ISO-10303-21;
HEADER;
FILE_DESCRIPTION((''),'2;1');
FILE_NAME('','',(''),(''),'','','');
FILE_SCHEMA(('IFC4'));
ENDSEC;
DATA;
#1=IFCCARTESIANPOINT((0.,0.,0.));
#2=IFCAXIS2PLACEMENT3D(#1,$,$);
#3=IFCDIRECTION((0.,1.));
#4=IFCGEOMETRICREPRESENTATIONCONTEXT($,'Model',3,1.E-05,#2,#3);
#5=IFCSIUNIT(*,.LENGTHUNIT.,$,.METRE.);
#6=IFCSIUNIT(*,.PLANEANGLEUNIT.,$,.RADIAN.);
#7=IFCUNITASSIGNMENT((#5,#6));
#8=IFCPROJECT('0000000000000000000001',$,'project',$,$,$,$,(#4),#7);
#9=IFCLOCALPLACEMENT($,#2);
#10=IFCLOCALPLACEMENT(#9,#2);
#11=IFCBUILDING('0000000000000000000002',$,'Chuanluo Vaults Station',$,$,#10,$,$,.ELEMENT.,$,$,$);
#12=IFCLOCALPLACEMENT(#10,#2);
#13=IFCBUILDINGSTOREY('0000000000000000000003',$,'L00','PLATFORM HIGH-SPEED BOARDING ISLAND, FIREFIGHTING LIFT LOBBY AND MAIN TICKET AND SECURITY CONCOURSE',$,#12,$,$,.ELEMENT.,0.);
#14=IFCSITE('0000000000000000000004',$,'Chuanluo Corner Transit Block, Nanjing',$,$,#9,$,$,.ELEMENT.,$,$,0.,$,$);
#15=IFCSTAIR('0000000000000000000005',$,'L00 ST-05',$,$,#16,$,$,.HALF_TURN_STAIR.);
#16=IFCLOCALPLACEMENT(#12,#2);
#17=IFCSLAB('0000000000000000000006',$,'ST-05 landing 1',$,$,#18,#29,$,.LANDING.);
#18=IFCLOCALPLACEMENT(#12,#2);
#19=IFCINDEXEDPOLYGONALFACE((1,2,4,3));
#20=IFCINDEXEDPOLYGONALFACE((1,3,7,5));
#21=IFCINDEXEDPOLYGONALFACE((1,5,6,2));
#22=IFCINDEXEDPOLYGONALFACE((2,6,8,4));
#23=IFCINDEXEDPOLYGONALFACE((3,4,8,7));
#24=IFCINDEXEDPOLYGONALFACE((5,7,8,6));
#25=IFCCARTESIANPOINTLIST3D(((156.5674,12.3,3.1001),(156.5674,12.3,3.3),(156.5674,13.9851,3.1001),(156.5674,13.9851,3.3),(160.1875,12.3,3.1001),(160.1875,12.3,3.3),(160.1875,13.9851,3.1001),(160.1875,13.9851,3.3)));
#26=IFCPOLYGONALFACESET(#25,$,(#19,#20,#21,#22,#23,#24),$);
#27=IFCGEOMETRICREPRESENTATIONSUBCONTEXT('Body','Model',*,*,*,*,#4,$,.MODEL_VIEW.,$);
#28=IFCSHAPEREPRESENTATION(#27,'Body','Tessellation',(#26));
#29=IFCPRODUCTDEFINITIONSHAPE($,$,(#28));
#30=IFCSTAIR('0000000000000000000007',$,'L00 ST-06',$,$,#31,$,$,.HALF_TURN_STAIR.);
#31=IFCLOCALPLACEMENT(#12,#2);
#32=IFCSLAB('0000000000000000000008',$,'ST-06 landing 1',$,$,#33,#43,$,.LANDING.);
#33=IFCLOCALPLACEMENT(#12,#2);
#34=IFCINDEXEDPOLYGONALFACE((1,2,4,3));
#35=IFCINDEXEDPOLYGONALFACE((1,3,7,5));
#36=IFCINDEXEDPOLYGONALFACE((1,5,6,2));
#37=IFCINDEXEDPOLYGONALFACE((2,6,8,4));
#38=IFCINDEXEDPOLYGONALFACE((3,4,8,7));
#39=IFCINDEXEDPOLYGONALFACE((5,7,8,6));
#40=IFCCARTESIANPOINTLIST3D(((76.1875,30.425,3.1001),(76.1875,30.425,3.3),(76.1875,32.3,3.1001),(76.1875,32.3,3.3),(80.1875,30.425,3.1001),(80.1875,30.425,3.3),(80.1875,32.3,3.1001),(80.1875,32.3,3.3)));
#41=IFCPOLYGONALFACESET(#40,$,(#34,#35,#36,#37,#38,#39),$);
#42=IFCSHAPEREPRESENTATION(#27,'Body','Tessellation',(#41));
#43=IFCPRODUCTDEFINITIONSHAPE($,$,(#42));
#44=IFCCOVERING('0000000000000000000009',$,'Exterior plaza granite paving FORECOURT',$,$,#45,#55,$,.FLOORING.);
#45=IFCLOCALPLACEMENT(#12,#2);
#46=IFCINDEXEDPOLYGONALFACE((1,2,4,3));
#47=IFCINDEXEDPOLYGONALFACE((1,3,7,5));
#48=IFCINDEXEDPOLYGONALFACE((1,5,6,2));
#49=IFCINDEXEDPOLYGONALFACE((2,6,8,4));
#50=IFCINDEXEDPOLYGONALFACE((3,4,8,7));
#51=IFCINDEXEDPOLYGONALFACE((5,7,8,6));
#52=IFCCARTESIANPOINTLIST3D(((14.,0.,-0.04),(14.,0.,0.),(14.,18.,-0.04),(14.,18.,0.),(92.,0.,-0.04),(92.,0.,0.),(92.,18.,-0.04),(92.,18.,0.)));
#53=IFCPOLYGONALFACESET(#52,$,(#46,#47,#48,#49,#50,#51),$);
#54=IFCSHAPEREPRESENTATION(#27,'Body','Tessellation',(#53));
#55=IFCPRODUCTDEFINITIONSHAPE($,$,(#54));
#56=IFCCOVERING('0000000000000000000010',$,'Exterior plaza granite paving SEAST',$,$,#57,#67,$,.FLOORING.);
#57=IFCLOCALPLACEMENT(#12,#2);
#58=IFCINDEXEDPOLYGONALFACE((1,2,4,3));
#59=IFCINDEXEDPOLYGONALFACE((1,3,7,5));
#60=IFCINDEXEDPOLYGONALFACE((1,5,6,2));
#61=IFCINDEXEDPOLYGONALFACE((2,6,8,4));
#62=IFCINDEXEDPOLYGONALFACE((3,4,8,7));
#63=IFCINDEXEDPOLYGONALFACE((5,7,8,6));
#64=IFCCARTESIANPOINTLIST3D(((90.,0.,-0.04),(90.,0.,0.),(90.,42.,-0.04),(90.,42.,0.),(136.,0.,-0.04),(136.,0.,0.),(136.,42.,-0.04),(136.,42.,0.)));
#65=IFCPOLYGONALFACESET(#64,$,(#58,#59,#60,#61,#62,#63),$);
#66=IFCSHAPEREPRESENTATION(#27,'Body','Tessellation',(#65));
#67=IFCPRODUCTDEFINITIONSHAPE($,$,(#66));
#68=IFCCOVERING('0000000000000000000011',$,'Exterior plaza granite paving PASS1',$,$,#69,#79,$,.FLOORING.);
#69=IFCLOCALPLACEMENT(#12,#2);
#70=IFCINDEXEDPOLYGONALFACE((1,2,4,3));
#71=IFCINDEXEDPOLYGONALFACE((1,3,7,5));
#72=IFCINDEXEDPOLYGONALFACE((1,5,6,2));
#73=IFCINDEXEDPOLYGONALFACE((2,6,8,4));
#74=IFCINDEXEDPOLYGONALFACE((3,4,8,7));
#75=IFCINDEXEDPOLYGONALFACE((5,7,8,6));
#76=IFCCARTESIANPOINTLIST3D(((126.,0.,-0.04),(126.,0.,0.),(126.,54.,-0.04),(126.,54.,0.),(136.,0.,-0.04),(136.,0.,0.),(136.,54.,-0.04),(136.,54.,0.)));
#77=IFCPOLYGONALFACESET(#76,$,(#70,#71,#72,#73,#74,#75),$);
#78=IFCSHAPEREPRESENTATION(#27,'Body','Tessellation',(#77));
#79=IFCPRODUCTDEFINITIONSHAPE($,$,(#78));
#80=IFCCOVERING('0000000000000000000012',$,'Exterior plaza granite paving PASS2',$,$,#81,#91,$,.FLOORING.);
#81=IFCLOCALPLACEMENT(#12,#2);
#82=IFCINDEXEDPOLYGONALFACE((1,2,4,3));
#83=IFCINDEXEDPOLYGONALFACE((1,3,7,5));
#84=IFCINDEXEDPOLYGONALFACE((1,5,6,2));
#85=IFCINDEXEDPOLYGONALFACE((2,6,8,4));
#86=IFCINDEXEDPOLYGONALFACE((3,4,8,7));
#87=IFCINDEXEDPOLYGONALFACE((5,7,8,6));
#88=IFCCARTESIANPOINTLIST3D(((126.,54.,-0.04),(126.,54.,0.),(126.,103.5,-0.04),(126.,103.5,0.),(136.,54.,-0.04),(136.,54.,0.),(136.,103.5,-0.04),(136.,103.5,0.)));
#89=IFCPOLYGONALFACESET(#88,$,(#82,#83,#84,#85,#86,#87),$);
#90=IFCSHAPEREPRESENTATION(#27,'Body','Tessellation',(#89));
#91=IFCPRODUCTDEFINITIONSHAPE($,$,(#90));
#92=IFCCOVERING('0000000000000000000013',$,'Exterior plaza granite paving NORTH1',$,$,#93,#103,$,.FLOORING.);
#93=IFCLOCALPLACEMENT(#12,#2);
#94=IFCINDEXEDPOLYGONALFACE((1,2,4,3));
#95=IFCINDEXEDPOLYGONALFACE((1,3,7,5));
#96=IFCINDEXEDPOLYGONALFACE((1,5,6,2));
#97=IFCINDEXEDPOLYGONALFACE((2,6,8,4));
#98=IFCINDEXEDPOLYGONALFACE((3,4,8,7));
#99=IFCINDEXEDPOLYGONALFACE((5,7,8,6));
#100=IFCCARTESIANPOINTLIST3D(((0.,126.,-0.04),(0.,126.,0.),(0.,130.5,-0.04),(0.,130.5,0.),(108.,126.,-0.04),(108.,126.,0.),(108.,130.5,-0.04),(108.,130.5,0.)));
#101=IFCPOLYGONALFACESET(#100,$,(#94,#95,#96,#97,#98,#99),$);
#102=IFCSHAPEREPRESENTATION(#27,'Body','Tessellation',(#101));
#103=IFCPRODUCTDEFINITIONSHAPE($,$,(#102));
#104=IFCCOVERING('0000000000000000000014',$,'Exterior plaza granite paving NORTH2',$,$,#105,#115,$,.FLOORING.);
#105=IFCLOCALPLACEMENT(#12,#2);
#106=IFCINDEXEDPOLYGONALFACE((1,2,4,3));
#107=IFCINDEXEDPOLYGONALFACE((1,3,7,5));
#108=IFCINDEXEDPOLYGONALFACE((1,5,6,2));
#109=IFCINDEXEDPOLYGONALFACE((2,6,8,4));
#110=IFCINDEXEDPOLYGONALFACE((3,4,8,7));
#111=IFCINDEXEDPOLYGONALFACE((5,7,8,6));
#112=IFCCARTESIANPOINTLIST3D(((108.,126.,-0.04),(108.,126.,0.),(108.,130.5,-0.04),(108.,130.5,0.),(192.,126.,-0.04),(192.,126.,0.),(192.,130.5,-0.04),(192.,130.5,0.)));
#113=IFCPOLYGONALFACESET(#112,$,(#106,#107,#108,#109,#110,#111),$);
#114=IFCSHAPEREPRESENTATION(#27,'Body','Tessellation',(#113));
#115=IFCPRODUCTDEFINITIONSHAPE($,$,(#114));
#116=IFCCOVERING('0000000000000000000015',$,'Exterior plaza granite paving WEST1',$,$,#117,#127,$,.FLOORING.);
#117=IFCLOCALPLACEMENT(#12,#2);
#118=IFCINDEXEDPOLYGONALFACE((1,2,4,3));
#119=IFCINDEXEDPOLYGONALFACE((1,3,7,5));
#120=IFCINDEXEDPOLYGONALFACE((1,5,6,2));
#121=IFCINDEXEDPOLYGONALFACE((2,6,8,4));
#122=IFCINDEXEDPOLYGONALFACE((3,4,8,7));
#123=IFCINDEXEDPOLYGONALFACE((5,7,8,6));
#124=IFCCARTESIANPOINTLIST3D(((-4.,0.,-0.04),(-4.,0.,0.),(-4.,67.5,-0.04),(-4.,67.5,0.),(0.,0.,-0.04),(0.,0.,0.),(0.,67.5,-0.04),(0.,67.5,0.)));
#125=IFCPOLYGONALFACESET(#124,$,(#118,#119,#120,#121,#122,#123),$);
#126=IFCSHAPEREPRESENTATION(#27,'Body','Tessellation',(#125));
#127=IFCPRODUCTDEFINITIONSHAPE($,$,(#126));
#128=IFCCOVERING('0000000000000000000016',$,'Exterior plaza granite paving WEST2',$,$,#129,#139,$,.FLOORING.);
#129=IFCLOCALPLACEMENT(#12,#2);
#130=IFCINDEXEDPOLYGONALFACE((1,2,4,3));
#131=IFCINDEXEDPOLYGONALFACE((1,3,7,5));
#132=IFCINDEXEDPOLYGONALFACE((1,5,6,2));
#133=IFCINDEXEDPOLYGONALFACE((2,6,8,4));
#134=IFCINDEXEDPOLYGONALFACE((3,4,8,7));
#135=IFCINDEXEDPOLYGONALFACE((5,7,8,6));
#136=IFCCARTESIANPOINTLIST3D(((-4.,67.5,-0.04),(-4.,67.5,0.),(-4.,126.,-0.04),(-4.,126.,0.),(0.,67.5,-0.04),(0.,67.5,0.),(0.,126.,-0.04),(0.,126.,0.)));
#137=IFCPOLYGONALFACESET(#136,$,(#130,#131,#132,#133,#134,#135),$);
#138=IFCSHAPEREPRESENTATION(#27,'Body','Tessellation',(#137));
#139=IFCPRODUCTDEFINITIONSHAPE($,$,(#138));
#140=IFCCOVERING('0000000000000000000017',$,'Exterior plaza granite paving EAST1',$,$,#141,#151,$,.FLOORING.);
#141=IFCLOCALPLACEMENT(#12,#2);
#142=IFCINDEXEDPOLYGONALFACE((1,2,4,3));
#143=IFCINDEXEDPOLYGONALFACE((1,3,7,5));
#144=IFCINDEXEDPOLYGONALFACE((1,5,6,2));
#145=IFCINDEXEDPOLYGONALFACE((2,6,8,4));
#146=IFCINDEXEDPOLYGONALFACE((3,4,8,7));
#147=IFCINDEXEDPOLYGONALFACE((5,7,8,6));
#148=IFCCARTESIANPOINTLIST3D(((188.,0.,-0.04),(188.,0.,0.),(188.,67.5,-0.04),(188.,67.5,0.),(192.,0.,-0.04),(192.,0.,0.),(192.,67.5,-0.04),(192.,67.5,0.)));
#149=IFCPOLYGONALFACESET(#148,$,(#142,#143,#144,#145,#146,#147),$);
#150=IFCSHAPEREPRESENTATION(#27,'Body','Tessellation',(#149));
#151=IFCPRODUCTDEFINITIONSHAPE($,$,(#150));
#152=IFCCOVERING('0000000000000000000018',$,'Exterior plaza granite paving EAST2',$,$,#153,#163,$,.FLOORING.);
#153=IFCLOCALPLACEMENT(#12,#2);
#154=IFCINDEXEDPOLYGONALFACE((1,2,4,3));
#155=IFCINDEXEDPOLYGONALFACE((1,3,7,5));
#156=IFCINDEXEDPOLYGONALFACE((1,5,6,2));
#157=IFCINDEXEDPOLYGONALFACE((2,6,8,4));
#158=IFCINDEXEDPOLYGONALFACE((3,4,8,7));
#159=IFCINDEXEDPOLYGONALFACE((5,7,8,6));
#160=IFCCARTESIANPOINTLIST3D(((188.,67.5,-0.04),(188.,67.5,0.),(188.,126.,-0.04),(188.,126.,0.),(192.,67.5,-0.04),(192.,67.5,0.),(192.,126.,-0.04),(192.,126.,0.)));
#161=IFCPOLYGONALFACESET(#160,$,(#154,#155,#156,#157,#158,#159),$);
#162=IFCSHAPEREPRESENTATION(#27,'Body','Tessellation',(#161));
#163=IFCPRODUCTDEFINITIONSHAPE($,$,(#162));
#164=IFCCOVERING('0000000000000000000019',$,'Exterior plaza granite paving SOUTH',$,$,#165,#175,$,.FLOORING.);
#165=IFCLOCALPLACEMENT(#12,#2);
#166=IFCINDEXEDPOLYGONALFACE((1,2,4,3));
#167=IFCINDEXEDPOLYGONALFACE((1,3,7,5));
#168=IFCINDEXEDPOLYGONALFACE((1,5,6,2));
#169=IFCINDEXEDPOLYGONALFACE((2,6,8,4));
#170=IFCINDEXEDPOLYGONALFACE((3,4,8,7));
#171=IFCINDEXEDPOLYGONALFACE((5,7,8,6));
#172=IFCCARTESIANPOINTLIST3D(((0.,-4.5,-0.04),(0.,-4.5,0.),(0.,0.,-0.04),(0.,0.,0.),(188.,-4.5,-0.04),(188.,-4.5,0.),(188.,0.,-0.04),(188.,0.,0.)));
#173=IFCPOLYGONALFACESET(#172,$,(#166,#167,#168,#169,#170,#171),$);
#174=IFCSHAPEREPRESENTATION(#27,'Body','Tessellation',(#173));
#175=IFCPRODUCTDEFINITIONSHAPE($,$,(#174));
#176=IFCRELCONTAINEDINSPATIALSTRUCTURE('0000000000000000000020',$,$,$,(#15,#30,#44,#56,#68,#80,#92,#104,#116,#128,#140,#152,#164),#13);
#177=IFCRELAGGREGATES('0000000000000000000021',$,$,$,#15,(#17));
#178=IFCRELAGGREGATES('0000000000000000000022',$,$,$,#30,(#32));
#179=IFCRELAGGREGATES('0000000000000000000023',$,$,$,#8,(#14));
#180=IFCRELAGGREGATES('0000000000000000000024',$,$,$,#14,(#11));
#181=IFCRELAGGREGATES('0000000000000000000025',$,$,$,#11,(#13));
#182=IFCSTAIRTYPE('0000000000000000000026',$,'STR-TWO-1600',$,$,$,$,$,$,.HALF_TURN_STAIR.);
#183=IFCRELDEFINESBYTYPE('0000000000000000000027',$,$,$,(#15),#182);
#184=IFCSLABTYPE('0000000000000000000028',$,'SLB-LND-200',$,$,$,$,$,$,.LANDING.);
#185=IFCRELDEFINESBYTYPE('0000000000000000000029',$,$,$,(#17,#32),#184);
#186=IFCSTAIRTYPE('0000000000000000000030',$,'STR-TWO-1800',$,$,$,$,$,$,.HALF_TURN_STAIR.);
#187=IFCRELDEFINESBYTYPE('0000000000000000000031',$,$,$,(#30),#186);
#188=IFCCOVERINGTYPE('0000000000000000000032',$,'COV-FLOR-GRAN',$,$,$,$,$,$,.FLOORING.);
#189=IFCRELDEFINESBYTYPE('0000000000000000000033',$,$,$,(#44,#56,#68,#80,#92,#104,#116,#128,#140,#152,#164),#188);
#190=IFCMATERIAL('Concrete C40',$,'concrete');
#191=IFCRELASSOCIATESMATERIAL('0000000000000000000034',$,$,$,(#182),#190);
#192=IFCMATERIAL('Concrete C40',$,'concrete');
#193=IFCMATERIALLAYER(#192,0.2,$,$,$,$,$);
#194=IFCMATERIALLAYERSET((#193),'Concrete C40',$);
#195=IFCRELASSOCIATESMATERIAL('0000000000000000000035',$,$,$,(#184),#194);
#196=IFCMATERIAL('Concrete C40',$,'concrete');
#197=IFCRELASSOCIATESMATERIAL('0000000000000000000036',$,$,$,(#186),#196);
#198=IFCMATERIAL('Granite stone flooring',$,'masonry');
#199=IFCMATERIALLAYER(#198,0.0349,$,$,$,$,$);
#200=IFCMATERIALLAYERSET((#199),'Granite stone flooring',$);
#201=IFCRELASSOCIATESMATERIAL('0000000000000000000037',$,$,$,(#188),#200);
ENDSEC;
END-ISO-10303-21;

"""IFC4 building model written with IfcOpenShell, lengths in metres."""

from ifc_helpers import new_model, si_unit, direction, frame, origin, place, context, subcontext, project, spatial, polyline, outline, extrude, material, layer, layer_set, type_object, element, aggregate, save


model = new_model("IFC4")

# Units and contexts
model_context = context("Model", 3, precision=1e-05, world=origin(), true_north=direction((0.0, 1.0)))
body_context = subcontext(model_context, "Body", "Model", "MODEL_VIEW")
ifc_project = project(units=[si_unit("LENGTHUNIT", "METRE"), si_unit("PLANEANGLEUNIT", "RADIAN")], contexts=[model_context])

# Site, building, storey
site_placement = place(None, origin())
site = spatial("IfcSite", under=ifc_project, at=site_placement, Name="Chuanluo Corner Transit Block, Nanjing", CompositionType="ELEMENT", RefElevation=0.0)
building_placement = place(site_placement, origin())
building = spatial("IfcBuilding", under=site, at=building_placement, Name="Chuanluo Vaults Station", CompositionType="ELEMENT")
storey_placement = place(building_placement, origin())
storey = spatial("IfcBuildingStorey", under=building, at=storey_placement, Name="L00", Description="PLATFORM HIGH-SPEED BOARDING ISLAND, FIREFIGHTING LIFT LOBBY AND MAIN TICKET AND SECURITY CONCOURSE", CompositionType="ELEMENT", Elevation=0.0)

# Stairs, slabs
ifc_material_1 = material(Name="Concrete C40", Category="concrete")
stair_type_1 = type_object("IfcStairType", Name="STR-TWO-1600", PredefinedType="HALF_TURN_STAIR", material=ifc_material_1)
ifc_material_2 = material(Name="Concrete C40", Category="concrete")
ifc_layer_1 = layer(ifc_material_2, 0.2)
ifc_layer_set_1 = layer_set([ifc_layer_1], Name="Concrete C40")
slab_type_1 = type_object("IfcSlabType", Name="SLB-LND-200", PredefinedType="LANDING", material=ifc_layer_set_1)
stair_1_placement = place(storey_placement, origin())
stair_1 = element("IfcStair", 1, at=stair_1_placement, inside=storey, type_object=stair_type_1, Name="L00 ST-05", PredefinedType="HALF_TURN_STAIR")
slab_1_placement = place(storey_placement, frame((0.0, 0.0, 3.1001)))
slab_1 = element("IfcSlab", 2, at=slab_1_placement, type_object=slab_type_1, Name="ST-05 landing 1", PredefinedType="LANDING", context=body_context, shape_type="SweptSolid", body=[
    extrude(outline(polyline([(160.1875, 12.3), (160.1875, 13.9851), (156.5674, 13.9851), (156.5674, 12.3), (160.1875, 12.3)])), origin(), (0.0, 0.0, 1.0), 0.2),
])
aggregate(stair_1, [slab_1])
ifc_material_3 = material(Name="Concrete C40", Category="concrete")
stair_type_2 = type_object("IfcStairType", Name="STR-TWO-1800", PredefinedType="HALF_TURN_STAIR", material=ifc_material_3)
stair_2_placement = place(storey_placement, origin())
stair_2 = element("IfcStair", 3, at=stair_2_placement, inside=storey, type_object=stair_type_2, Name="L00 ST-06", PredefinedType="HALF_TURN_STAIR")
slab_2_placement = place(storey_placement, frame((0.0, 0.0, 3.1001)))
slab_2 = element("IfcSlab", 4, at=slab_2_placement, type_object=slab_type_1, Name="ST-06 landing 1", PredefinedType="LANDING", context=body_context, shape_type="SweptSolid", body=[
    extrude(outline(polyline([(80.1875, 30.425), (80.1875, 32.3), (76.1875, 32.3), (76.1875, 30.425), (80.1875, 30.425)])), origin(), (0.0, 0.0, 1.0), 0.2),
])
aggregate(stair_2, [slab_2])

# Coverings
ifc_material_4 = material(Name="Granite stone flooring", Category="masonry")
ifc_layer_2 = layer(ifc_material_4, 0.0349)
ifc_layer_set_2 = layer_set([ifc_layer_2], Name="Granite stone flooring")
covering_type = type_object("IfcCoveringType", Name="COV-FLOR-GRAN", PredefinedType="FLOORING", material=ifc_layer_set_2)
covering_1_placement = place(storey_placement, frame((0.0, 0.0, -0.04)))
element("IfcCovering", 5, at=covering_1_placement, inside=storey, type_object=covering_type, Name="Exterior plaza granite paving FORECOURT", PredefinedType="FLOORING", context=body_context, shape_type="SweptSolid", body=[
    extrude(outline(polyline([(14.0, 0.0), (92.0, 0.0), (92.0, 18.0), (14.0, 18.0), (14.0, 0.0)])), origin(), (0.0, 0.0, 1.0), 0.04),
])
covering_2_placement = place(storey_placement, frame((0.0, 0.0, -0.04)))
element("IfcCovering", 6, at=covering_2_placement, inside=storey, type_object=covering_type, Name="Exterior plaza granite paving SEAST", PredefinedType="FLOORING", context=body_context, shape_type="SweptSolid", body=[
    extrude(outline(polyline([(90.0, 0.0), (136.0, 0.0), (136.0, 42.0), (90.0, 42.0), (90.0, 0.0)])), origin(), (0.0, 0.0, 1.0), 0.04),
])
covering_3_placement = place(storey_placement, frame((0.0, 0.0, -0.04)))
element("IfcCovering", 7, at=covering_3_placement, inside=storey, type_object=covering_type, Name="Exterior plaza granite paving PASS1", PredefinedType="FLOORING", context=body_context, shape_type="SweptSolid", body=[
    extrude(outline(polyline([(126.0, 0.0), (136.0, 0.0), (136.0, 54.0), (126.0, 54.0), (126.0, 0.0)])), origin(), (0.0, 0.0, 1.0), 0.04),
])
covering_4_placement = place(storey_placement, frame((0.0, 0.0, -0.04)))
element("IfcCovering", 8, at=covering_4_placement, inside=storey, type_object=covering_type, Name="Exterior plaza granite paving PASS2", PredefinedType="FLOORING", context=body_context, shape_type="SweptSolid", body=[
    extrude(outline(polyline([(126.0, 54.0), (136.0, 54.0), (136.0, 103.5), (126.0, 103.5), (126.0, 54.0)])), origin(), (0.0, 0.0, 1.0), 0.04),
])
covering_5_placement = place(storey_placement, frame((0.0, 0.0, -0.04)))
element("IfcCovering", 9, at=covering_5_placement, inside=storey, type_object=covering_type, Name="Exterior plaza granite paving NORTH1", PredefinedType="FLOORING", context=body_context, shape_type="SweptSolid", body=[
    extrude(outline(polyline([(0.0, 126.0), (108.0, 126.0), (108.0, 130.5), (0.0, 130.5), (0.0, 126.0)])), origin(), (0.0, 0.0, 1.0), 0.04),
])
covering_6_placement = place(storey_placement, frame((0.0, 0.0, -0.04)))
element("IfcCovering", 10, at=covering_6_placement, inside=storey, type_object=covering_type, Name="Exterior plaza granite paving NORTH2", PredefinedType="FLOORING", context=body_context, shape_type="SweptSolid", body=[
    extrude(outline(polyline([(108.0, 126.0), (192.0, 126.0), (192.0, 130.5), (108.0, 130.5), (108.0, 126.0)])), origin(), (0.0, 0.0, 1.0), 0.04),
])
covering_7_placement = place(storey_placement, frame((0.0, 0.0, -0.04)))
element("IfcCovering", 11, at=covering_7_placement, inside=storey, type_object=covering_type, Name="Exterior plaza granite paving WEST1", PredefinedType="FLOORING", context=body_context, shape_type="SweptSolid", body=[
    extrude(outline(polyline([(-4.0, 0.0), (0.0, 0.0), (0.0, 67.5), (-4.0, 67.5), (-4.0, 0.0)])), origin(), (0.0, 0.0, 1.0), 0.04),
])
covering_8_placement = place(storey_placement, frame((0.0, 0.0, -0.04)))
element("IfcCovering", 12, at=covering_8_placement, inside=storey, type_object=covering_type, Name="Exterior plaza granite paving WEST2", PredefinedType="FLOORING", context=body_context, shape_type="SweptSolid", body=[
    extrude(outline(polyline([(-4.0, 67.5), (0.0, 67.5), (0.0, 126.0), (-4.0, 126.0), (-4.0, 67.5)])), origin(), (0.0, 0.0, 1.0), 0.04),
])
covering_9_placement = place(storey_placement, frame((0.0, 0.0, -0.04)))
element("IfcCovering", 13, at=covering_9_placement, inside=storey, type_object=covering_type, Name="Exterior plaza granite paving EAST1", PredefinedType="FLOORING", context=body_context, shape_type="SweptSolid", body=[
    extrude(outline(polyline([(188.0, 0.0), (192.0, 0.0), (192.0, 67.5), (188.0, 67.5), (188.0, 0.0)])), origin(), (0.0, 0.0, 1.0), 0.04),
])
covering_10_placement = place(storey_placement, frame((0.0, 0.0, -0.04)))
element("IfcCovering", 14, at=covering_10_placement, inside=storey, type_object=covering_type, Name="Exterior plaza granite paving EAST2", PredefinedType="FLOORING", context=body_context, shape_type="SweptSolid", body=[
    extrude(outline(polyline([(188.0, 67.5), (192.0, 67.5), (192.0, 126.0), (188.0, 126.0), (188.0, 67.5)])), origin(), (0.0, 0.0, 1.0), 0.04),
])
covering_11_placement = place(storey_placement, frame((0.0, 0.0, -0.04)))
element("IfcCovering", 15, at=covering_11_placement, inside=storey, type_object=covering_type, Name="Exterior plaza granite paving SOUTH", PredefinedType="FLOORING", context=body_context, shape_type="SweptSolid", body=[
    extrude(outline(polyline([(0.0, -4.5), (188.0, -4.5), (188.0, 0.0), (0.0, 0.0), (0.0, -4.5)])), origin(), (0.0, 0.0, 1.0), 0.04),
])

save(model, "model.ifc")
